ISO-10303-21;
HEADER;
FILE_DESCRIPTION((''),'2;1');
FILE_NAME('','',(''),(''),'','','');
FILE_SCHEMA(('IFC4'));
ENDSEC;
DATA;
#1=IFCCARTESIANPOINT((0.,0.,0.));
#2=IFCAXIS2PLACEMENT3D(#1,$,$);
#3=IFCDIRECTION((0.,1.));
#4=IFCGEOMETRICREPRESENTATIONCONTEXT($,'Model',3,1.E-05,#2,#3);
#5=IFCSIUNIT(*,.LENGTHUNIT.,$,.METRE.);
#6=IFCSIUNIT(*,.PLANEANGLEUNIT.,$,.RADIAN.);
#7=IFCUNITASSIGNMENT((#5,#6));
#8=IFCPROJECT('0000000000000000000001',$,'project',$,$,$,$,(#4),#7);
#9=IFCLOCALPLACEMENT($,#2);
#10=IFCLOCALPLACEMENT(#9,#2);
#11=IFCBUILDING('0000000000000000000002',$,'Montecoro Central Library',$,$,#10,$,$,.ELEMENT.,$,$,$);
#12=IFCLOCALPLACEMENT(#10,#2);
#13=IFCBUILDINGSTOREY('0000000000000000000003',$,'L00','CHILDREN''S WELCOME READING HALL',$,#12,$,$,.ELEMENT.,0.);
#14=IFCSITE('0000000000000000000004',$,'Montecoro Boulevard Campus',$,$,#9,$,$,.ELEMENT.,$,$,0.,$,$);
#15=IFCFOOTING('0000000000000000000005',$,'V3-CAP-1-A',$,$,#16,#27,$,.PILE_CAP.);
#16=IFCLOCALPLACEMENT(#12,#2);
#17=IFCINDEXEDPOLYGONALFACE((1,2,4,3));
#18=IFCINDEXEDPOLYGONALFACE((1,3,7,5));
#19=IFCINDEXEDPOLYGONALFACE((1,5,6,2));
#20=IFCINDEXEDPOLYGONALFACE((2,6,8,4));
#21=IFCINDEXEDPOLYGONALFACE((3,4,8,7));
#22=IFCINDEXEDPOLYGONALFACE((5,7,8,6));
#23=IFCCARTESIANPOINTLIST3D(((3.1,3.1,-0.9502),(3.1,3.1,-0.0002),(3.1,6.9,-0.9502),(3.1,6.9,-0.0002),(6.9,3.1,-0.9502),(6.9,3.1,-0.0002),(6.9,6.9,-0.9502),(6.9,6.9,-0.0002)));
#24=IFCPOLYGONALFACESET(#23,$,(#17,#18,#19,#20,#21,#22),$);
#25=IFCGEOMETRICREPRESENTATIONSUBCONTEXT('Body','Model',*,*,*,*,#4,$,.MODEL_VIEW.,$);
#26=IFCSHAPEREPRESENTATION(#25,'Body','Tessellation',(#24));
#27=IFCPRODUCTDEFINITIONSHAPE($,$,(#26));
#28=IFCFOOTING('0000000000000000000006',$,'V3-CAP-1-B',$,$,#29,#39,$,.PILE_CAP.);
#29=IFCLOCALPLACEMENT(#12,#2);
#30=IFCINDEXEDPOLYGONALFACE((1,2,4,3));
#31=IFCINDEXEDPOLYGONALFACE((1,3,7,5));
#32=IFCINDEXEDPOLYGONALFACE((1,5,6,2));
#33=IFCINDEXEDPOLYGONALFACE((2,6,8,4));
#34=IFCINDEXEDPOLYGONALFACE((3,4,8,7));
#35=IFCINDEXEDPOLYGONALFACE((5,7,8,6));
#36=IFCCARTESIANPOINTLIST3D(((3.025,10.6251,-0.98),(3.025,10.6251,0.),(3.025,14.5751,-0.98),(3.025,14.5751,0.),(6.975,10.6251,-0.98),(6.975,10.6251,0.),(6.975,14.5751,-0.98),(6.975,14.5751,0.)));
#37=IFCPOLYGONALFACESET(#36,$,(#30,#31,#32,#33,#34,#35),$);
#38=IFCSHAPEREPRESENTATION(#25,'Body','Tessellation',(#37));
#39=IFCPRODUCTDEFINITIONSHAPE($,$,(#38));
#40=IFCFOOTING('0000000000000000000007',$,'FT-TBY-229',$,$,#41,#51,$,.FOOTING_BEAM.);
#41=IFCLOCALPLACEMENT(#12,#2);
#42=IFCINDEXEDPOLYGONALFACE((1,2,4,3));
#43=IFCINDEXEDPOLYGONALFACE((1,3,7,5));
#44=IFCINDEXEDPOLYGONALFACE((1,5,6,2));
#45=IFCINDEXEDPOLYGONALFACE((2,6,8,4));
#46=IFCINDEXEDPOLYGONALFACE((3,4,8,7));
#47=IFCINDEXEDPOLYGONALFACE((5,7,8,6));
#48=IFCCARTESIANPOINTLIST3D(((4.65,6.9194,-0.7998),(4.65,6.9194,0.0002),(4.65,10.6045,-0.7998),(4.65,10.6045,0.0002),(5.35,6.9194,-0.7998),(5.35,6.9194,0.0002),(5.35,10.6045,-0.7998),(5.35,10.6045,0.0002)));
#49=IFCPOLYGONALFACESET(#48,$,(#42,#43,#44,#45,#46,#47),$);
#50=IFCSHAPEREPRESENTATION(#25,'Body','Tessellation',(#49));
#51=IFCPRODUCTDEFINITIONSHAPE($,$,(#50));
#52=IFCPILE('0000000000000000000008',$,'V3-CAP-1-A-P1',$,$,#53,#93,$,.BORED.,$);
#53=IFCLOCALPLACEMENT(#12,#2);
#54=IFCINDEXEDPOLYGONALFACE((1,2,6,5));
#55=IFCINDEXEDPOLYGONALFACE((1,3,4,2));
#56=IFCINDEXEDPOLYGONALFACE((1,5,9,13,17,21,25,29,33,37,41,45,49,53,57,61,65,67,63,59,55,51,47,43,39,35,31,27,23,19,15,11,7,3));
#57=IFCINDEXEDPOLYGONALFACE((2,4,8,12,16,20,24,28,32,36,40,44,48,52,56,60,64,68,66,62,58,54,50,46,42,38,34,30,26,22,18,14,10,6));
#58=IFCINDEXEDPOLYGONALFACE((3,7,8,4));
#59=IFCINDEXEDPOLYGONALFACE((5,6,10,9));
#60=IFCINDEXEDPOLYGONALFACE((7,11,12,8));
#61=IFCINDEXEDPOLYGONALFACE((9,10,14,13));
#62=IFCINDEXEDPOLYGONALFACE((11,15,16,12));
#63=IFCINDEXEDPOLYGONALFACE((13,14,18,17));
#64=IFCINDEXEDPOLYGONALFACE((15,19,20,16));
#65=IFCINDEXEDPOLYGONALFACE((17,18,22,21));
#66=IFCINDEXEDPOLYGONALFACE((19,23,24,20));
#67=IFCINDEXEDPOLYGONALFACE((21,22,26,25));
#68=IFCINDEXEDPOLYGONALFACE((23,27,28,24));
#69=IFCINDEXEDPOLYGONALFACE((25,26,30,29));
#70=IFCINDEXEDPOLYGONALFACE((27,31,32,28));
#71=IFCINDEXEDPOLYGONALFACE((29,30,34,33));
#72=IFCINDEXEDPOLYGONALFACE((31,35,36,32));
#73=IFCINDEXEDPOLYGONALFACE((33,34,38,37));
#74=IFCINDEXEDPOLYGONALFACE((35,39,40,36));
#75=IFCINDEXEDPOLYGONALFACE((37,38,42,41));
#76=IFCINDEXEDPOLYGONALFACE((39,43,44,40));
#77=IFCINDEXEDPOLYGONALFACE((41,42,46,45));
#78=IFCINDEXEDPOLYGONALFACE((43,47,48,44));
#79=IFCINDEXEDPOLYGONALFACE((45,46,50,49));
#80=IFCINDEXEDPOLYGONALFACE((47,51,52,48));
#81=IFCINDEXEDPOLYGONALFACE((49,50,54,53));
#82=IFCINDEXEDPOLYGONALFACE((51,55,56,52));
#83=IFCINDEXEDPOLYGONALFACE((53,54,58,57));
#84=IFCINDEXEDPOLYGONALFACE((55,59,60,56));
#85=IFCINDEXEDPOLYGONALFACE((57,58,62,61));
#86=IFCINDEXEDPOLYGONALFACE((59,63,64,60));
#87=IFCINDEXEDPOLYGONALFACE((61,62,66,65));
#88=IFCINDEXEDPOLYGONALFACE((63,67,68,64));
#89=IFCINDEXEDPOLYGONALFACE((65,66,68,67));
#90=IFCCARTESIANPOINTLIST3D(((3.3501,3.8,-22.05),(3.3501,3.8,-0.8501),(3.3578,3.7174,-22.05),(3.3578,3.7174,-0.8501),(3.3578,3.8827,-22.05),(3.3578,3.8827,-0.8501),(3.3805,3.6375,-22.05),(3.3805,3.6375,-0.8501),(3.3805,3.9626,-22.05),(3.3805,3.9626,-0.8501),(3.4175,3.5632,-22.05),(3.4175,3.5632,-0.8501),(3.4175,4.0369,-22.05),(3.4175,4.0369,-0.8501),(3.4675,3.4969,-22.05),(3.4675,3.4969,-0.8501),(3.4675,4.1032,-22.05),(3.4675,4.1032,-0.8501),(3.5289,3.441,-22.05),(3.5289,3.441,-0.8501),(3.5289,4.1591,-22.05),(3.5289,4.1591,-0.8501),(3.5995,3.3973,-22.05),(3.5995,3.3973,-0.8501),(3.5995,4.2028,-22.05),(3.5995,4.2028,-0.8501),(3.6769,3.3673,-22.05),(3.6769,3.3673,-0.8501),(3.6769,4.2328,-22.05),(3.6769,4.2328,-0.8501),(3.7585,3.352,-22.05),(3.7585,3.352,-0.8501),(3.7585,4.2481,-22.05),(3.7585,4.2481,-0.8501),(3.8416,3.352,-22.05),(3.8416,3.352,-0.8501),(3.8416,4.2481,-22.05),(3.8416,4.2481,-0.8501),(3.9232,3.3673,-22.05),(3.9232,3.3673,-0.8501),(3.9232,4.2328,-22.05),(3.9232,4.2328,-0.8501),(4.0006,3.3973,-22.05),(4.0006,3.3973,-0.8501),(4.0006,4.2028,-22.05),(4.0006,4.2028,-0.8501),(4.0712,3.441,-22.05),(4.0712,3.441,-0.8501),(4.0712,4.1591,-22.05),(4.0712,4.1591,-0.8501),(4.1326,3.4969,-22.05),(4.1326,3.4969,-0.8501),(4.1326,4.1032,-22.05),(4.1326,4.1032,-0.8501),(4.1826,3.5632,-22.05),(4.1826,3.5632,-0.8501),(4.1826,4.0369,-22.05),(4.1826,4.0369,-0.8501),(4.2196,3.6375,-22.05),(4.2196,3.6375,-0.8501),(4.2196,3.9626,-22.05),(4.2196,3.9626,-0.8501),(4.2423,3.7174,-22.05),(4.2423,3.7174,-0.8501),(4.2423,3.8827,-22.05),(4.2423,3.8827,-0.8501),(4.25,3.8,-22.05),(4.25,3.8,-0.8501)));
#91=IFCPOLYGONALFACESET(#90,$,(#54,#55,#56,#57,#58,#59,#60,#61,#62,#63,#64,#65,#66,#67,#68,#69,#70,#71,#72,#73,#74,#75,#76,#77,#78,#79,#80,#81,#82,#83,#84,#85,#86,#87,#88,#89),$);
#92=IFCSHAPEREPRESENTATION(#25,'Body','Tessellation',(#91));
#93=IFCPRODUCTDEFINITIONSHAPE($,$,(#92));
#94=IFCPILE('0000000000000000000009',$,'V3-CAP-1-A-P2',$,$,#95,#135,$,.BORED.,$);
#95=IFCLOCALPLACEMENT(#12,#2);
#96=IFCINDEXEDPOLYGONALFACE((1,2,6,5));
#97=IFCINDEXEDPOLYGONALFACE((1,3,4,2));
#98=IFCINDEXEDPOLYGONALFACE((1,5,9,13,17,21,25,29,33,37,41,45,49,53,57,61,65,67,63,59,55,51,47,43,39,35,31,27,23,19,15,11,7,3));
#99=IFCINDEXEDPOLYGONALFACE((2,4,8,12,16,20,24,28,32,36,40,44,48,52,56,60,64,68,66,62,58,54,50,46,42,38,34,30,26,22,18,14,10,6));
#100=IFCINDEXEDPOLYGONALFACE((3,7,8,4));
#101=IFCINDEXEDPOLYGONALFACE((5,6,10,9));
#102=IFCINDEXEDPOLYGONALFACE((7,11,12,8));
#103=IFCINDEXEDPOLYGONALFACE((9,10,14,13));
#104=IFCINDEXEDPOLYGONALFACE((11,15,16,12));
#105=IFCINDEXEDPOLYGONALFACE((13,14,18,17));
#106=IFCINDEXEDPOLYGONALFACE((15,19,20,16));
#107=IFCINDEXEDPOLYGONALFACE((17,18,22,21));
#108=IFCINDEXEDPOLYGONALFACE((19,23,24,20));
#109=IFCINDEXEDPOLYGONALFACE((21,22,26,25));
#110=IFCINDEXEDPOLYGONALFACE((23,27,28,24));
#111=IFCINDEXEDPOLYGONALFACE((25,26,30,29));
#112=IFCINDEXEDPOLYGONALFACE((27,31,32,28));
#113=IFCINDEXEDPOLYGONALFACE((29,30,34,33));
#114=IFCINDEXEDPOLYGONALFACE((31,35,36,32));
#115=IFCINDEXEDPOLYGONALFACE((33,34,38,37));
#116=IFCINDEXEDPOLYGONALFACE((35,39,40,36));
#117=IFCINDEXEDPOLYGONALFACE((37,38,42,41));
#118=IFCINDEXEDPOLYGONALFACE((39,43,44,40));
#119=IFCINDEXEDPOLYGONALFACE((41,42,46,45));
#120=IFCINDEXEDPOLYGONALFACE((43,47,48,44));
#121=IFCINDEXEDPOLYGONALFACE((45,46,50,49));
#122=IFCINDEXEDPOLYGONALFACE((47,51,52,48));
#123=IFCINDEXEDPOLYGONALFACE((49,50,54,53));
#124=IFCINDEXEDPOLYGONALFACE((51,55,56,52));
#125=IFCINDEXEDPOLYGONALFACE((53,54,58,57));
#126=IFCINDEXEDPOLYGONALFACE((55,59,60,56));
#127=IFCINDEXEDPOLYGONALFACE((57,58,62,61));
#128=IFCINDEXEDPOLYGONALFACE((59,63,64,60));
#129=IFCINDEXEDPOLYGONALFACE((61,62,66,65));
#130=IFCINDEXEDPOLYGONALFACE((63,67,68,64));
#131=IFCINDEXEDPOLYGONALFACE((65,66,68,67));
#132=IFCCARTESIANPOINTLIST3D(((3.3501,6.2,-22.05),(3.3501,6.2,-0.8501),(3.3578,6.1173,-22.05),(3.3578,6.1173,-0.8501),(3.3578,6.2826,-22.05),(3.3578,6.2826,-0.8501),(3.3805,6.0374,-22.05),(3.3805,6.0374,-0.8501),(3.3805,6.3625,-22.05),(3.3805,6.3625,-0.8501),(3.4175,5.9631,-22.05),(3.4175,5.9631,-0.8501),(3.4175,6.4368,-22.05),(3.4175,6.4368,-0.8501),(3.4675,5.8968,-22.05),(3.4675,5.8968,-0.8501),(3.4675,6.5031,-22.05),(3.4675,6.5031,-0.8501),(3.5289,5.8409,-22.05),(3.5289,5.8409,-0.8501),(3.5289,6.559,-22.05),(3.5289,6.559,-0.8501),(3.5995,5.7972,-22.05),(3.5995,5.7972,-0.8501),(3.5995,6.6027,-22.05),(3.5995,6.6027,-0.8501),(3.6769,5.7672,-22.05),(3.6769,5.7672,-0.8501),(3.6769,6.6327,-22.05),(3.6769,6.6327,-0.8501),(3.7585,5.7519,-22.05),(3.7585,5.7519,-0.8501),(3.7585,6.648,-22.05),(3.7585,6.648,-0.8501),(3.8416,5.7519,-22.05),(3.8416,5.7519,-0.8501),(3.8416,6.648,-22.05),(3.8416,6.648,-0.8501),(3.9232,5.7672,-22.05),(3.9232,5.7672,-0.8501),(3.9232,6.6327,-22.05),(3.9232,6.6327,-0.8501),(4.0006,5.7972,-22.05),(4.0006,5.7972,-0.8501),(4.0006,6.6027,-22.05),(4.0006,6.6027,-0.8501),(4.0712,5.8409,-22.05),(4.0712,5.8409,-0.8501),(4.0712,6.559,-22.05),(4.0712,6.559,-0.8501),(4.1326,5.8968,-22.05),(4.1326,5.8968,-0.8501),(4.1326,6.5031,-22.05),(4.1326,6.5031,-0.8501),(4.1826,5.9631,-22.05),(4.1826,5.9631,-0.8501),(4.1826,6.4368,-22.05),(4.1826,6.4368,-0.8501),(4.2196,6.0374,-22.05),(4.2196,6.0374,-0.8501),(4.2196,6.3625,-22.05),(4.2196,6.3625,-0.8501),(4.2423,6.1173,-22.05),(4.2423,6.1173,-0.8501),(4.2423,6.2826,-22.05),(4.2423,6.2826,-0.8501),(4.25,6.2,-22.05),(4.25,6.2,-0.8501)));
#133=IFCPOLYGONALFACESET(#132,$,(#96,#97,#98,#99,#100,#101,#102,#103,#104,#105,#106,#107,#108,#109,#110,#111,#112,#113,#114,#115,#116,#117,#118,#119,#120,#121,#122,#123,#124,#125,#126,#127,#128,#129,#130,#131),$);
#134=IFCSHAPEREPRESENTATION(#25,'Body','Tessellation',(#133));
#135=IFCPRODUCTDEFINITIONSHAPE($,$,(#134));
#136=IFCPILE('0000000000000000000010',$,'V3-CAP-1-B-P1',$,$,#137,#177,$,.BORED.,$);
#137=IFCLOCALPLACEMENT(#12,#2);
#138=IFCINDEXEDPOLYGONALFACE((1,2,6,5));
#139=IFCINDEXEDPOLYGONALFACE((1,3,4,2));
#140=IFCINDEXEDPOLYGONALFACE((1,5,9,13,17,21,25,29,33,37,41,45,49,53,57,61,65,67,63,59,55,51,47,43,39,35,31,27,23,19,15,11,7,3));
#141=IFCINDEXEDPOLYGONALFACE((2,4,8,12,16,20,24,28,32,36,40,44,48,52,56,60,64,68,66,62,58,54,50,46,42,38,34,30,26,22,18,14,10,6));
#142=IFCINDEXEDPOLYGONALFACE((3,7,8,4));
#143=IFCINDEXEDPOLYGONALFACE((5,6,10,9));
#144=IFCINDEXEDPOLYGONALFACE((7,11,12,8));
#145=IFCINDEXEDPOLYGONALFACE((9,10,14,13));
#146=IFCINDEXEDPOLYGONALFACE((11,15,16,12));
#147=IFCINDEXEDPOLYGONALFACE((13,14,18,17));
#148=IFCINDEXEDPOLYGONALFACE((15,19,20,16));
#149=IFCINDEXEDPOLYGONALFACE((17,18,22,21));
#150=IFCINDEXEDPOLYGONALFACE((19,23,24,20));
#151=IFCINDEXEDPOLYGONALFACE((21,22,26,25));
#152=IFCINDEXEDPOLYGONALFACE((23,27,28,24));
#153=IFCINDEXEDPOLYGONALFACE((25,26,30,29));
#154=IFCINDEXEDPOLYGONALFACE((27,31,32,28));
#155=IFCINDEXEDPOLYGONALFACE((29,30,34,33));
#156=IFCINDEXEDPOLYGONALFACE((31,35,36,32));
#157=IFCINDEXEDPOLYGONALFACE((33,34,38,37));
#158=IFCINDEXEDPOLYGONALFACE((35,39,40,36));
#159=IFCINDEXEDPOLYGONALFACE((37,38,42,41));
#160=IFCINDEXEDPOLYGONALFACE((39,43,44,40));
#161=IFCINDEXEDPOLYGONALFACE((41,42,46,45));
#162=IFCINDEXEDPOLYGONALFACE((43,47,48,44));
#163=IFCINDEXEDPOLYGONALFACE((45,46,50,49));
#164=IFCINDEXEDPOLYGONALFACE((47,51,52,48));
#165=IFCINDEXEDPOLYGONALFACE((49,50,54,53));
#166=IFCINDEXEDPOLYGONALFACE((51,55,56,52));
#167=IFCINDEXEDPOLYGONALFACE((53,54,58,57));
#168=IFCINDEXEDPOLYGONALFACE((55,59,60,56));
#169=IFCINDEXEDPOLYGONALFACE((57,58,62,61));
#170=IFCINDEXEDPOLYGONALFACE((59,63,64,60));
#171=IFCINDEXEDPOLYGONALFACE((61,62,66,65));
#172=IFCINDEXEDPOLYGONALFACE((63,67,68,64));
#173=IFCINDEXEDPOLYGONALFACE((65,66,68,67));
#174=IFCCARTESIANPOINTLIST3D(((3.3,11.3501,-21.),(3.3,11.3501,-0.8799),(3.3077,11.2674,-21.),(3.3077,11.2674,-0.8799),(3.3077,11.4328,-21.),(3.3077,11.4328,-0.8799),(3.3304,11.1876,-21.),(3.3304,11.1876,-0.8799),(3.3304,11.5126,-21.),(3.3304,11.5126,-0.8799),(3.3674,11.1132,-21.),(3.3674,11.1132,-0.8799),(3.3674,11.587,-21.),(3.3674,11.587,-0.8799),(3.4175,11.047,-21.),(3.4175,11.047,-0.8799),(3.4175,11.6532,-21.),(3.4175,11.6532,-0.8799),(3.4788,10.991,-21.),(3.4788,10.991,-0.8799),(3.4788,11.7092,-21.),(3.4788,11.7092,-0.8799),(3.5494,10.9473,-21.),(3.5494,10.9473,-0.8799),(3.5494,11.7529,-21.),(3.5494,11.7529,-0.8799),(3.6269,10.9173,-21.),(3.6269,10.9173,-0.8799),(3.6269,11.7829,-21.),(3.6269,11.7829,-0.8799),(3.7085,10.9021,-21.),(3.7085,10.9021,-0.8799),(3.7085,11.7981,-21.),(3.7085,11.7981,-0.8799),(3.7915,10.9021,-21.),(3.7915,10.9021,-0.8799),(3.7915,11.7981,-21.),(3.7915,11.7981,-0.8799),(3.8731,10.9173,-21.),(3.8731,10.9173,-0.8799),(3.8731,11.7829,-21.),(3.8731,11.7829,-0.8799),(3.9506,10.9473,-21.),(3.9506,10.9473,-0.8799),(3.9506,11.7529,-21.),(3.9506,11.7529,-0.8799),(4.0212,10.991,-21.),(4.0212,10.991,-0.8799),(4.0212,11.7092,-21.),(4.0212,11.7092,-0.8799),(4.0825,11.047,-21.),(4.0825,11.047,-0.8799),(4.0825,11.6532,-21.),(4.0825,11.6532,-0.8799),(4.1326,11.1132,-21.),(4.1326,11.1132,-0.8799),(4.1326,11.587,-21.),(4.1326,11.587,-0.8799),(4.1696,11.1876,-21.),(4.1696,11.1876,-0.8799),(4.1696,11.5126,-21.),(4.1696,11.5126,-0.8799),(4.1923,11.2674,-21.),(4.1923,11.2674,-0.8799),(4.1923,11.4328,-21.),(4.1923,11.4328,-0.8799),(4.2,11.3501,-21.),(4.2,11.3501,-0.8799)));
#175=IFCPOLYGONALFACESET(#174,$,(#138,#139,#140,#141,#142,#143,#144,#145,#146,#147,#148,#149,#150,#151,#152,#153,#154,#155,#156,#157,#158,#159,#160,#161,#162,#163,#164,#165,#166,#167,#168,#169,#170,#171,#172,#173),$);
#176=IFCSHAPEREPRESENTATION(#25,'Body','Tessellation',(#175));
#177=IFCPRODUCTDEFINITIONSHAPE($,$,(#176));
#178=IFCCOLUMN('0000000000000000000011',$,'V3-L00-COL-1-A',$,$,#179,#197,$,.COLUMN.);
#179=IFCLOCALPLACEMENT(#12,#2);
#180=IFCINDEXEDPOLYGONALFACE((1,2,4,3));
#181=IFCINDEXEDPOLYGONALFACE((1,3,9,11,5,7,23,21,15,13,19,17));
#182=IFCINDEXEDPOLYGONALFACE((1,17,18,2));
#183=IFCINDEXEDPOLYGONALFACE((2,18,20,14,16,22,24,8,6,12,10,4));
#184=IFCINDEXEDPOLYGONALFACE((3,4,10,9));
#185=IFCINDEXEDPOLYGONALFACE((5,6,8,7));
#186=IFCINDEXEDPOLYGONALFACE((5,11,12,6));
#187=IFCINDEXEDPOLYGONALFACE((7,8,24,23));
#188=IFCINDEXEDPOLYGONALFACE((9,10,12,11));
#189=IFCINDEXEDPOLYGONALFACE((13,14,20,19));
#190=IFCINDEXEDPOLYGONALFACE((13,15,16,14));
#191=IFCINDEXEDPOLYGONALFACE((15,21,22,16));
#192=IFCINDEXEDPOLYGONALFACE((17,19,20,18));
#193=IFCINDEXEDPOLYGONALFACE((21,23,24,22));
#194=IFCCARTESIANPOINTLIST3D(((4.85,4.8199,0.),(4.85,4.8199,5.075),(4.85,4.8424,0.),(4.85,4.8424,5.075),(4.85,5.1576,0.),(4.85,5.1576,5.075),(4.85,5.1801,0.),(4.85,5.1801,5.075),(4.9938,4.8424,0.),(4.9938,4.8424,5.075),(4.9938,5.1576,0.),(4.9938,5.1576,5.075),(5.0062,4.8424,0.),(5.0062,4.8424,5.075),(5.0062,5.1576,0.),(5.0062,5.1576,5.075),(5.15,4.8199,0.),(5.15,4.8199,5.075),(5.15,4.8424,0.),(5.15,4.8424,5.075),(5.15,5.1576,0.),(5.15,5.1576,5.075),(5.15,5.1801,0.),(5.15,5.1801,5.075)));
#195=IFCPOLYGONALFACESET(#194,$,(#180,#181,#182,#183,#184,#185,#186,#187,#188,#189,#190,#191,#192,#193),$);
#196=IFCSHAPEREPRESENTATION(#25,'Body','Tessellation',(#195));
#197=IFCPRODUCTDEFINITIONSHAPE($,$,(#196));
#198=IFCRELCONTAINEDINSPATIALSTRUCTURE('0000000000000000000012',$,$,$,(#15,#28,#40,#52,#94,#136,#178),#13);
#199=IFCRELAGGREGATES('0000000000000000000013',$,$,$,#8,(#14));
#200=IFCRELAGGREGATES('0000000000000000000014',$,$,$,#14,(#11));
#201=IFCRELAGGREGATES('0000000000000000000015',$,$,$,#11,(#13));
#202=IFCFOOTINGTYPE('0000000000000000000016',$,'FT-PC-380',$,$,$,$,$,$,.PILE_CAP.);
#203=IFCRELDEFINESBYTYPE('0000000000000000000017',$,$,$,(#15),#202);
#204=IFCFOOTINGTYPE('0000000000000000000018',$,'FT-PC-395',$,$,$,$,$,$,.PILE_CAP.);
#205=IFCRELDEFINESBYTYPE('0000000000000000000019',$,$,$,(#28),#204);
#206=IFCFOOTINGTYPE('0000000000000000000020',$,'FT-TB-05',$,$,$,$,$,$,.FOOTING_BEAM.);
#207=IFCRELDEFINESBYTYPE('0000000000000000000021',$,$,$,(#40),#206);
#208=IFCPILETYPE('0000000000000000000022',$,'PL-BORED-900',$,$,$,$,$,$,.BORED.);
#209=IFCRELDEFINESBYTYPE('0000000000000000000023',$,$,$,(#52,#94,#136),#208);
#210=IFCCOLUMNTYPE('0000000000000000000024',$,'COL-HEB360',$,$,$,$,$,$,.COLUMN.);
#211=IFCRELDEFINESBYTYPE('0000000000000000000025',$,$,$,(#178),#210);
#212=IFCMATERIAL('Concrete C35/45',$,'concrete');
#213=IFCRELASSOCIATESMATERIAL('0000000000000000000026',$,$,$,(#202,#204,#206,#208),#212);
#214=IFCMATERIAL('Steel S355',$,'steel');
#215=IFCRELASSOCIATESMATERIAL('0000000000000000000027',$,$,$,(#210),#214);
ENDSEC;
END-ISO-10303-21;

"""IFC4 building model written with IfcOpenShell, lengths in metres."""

from ifc_helpers import new_model, si_unit, direction, frame, origin, origin_2d, place, context, subcontext, project, spatial, rectangle, circle, i_section, extrude, material, material_profile, profile_set, type_object, element, save


model = new_model("IFC4")

# Units and contexts
model_context = context("Model", 3, precision=1e-05, world=origin(), true_north=direction((0.0, 1.0)))
body_context = subcontext(model_context, "Body", "Model", "MODEL_VIEW")
ifc_project = project(units=[si_unit("LENGTHUNIT", "METRE"), si_unit("PLANEANGLEUNIT", "RADIAN")], contexts=[model_context])

# Site, building, storey
site_placement = place(None, origin())
site = spatial("IfcSite", under=ifc_project, at=site_placement, Name="Montecoro Boulevard Campus", CompositionType="ELEMENT", RefElevation=0.0)
building_placement = place(site_placement, origin())
building = spatial("IfcBuilding", under=site, at=building_placement, Name="Montecoro Central Library", CompositionType="ELEMENT")
storey_placement = place(building_placement, origin())
storey = spatial("IfcBuildingStorey", under=building, at=storey_placement, Name="L00", Description="CHILDREN'S WELCOME READING HALL", CompositionType="ELEMENT", Elevation=0.0)

# Footings
ifc_material_1 = material(Name="Concrete C35/45", Category="concrete")
footing_type_1 = type_object("IfcFootingType", Name="FT-PC-380", PredefinedType="PILE_CAP", material=ifc_material_1)
footing_1_placement = place(storey_placement, frame((5.0, 5.0, -0.9502), z_axis=(0.0, 0.0, 1.0), x_axis=(1.0, 0.0, 0.0)))
element("IfcFooting", 1, at=footing_1_placement, inside=storey, type_object=footing_type_1, Name="V3-CAP-1-A", PredefinedType="PILE_CAP", context=body_context, shape_type="SweptSolid", body=[
    extrude(rectangle(XDim=3.8, YDim=3.8, at=origin_2d()), origin(), (0.0, 0.0, 1.0), 0.95),
])
footing_type_2 = type_object("IfcFootingType", Name="FT-PC-395", PredefinedType="PILE_CAP", material=ifc_material_1)
footing_2_placement = place(storey_placement, frame((5.0, 12.6001, -0.98), z_axis=(0.0, 0.0, 1.0), x_axis=(1.0, 0.0, 0.0)))
element("IfcFooting", 2, at=footing_2_placement, inside=storey, type_object=footing_type_2, Name="V3-CAP-1-B", PredefinedType="PILE_CAP", context=body_context, shape_type="SweptSolid", body=[
    extrude(rectangle(XDim=3.95, YDim=3.95, at=origin_2d()), origin(), (0.0, 0.0, 1.0), 0.98),
])
footing_type_3 = type_object("IfcFootingType", Name="FT-TB-05", PredefinedType="FOOTING_BEAM", material=ifc_material_1)
footing_3_placement = place(storey_placement, frame((5.0, 8.762, -0.7998), z_axis=(0.0, 0.0, 1.0), x_axis=(1.0, 0.0, 0.0)))
element("IfcFooting", 3, at=footing_3_placement, inside=storey, type_object=footing_type_3, Name="FT-TBY-229", PredefinedType="FOOTING_BEAM", context=body_context, shape_type="SweptSolid", body=[
    extrude(rectangle(XDim=0.7, YDim=3.6851, at=origin_2d()), origin(), (0.0, 0.0, 1.0), 0.8),
])

# Piles
ifc_material_profile_1 = material_profile(ifc_material_1, circle(Radius=0.45, at=origin_2d()), Name="PILE D900")
ifc_profile_set_1 = profile_set([ifc_material_profile_1], Name="Concrete C35/45")
pile_type = type_object("IfcPileType", Name="PL-BORED-900", PredefinedType="BORED", material=ifc_profile_set_1)
for number, where, z_axis, x_axis, name in (
    (4, (3.8, 3.8, -0.8501), (0.0, 0.0, -1.0), (1.0, 0.0, 0.0), "V3-CAP-1-A-P1"),
    (5, (3.8, 6.2, -0.8501), (0.0, 0.0, -1.0), (1.0, 0.0, 0.0), "V3-CAP-1-A-P2"),
):
    element("IfcPile", number, at=place(storey_placement, frame(where, z_axis=z_axis, x_axis=x_axis)), inside=storey, type_object=pile_type, Name=name, PredefinedType="BORED", context=body_context, shape_type="SweptSolid", body=[
        extrude(circle(Radius=0.45, at=origin_2d()), origin(), (0.0, 0.0, 1.0), 21.2),
    ])
pile_placement = place(storey_placement, frame((3.75, 11.3501, -0.8799), z_axis=(0.0, 0.0, -1.0), x_axis=(1.0, 0.0, 0.0)))
element("IfcPile", 6, at=pile_placement, inside=storey, type_object=pile_type, Name="V3-CAP-1-B-P1", PredefinedType="BORED", context=body_context, shape_type="SweptSolid", body=[
    extrude(circle(Radius=0.45, at=origin_2d()), origin(), (0.0, 0.0, 1.0), 20.1201),
])

# Column
ifc_material_2 = material(Name="Steel S355", Category="steel")
ifc_material_profile_2 = material_profile(ifc_material_2, i_section(OverallWidth=0.3, OverallDepth=0.3601, WebThickness=0.0125, FlangeThickness=0.0225, at=origin_2d()), Name="HEB 360")
ifc_profile_set_2 = profile_set([ifc_material_profile_2], Name="Steel S355")
column_type = type_object("IfcColumnType", Name="COL-HEB360", PredefinedType="COLUMN", material=ifc_profile_set_2)
for number, where, z_axis, x_axis, name in (
    (7, (5.0, 5.0, 0.0), (0.0, 0.0, 1.0), (1.0, 0.0, 0.0), "V3-L00-COL-1-A"),
):
    element("IfcColumn", number, at=place(storey_placement, frame(where, z_axis=z_axis, x_axis=x_axis)), inside=storey, type_object=column_type, Name=name, PredefinedType="COLUMN", context=body_context, shape_type="SweptSolid", body=[
        extrude(i_section(OverallWidth=0.3, OverallDepth=0.3601, WebThickness=0.0125, FlangeThickness=0.0225, at=origin_2d()), origin(), (0.0, 0.0, 1.0), 5.075),
    ])

save(model, "model.ifc")
